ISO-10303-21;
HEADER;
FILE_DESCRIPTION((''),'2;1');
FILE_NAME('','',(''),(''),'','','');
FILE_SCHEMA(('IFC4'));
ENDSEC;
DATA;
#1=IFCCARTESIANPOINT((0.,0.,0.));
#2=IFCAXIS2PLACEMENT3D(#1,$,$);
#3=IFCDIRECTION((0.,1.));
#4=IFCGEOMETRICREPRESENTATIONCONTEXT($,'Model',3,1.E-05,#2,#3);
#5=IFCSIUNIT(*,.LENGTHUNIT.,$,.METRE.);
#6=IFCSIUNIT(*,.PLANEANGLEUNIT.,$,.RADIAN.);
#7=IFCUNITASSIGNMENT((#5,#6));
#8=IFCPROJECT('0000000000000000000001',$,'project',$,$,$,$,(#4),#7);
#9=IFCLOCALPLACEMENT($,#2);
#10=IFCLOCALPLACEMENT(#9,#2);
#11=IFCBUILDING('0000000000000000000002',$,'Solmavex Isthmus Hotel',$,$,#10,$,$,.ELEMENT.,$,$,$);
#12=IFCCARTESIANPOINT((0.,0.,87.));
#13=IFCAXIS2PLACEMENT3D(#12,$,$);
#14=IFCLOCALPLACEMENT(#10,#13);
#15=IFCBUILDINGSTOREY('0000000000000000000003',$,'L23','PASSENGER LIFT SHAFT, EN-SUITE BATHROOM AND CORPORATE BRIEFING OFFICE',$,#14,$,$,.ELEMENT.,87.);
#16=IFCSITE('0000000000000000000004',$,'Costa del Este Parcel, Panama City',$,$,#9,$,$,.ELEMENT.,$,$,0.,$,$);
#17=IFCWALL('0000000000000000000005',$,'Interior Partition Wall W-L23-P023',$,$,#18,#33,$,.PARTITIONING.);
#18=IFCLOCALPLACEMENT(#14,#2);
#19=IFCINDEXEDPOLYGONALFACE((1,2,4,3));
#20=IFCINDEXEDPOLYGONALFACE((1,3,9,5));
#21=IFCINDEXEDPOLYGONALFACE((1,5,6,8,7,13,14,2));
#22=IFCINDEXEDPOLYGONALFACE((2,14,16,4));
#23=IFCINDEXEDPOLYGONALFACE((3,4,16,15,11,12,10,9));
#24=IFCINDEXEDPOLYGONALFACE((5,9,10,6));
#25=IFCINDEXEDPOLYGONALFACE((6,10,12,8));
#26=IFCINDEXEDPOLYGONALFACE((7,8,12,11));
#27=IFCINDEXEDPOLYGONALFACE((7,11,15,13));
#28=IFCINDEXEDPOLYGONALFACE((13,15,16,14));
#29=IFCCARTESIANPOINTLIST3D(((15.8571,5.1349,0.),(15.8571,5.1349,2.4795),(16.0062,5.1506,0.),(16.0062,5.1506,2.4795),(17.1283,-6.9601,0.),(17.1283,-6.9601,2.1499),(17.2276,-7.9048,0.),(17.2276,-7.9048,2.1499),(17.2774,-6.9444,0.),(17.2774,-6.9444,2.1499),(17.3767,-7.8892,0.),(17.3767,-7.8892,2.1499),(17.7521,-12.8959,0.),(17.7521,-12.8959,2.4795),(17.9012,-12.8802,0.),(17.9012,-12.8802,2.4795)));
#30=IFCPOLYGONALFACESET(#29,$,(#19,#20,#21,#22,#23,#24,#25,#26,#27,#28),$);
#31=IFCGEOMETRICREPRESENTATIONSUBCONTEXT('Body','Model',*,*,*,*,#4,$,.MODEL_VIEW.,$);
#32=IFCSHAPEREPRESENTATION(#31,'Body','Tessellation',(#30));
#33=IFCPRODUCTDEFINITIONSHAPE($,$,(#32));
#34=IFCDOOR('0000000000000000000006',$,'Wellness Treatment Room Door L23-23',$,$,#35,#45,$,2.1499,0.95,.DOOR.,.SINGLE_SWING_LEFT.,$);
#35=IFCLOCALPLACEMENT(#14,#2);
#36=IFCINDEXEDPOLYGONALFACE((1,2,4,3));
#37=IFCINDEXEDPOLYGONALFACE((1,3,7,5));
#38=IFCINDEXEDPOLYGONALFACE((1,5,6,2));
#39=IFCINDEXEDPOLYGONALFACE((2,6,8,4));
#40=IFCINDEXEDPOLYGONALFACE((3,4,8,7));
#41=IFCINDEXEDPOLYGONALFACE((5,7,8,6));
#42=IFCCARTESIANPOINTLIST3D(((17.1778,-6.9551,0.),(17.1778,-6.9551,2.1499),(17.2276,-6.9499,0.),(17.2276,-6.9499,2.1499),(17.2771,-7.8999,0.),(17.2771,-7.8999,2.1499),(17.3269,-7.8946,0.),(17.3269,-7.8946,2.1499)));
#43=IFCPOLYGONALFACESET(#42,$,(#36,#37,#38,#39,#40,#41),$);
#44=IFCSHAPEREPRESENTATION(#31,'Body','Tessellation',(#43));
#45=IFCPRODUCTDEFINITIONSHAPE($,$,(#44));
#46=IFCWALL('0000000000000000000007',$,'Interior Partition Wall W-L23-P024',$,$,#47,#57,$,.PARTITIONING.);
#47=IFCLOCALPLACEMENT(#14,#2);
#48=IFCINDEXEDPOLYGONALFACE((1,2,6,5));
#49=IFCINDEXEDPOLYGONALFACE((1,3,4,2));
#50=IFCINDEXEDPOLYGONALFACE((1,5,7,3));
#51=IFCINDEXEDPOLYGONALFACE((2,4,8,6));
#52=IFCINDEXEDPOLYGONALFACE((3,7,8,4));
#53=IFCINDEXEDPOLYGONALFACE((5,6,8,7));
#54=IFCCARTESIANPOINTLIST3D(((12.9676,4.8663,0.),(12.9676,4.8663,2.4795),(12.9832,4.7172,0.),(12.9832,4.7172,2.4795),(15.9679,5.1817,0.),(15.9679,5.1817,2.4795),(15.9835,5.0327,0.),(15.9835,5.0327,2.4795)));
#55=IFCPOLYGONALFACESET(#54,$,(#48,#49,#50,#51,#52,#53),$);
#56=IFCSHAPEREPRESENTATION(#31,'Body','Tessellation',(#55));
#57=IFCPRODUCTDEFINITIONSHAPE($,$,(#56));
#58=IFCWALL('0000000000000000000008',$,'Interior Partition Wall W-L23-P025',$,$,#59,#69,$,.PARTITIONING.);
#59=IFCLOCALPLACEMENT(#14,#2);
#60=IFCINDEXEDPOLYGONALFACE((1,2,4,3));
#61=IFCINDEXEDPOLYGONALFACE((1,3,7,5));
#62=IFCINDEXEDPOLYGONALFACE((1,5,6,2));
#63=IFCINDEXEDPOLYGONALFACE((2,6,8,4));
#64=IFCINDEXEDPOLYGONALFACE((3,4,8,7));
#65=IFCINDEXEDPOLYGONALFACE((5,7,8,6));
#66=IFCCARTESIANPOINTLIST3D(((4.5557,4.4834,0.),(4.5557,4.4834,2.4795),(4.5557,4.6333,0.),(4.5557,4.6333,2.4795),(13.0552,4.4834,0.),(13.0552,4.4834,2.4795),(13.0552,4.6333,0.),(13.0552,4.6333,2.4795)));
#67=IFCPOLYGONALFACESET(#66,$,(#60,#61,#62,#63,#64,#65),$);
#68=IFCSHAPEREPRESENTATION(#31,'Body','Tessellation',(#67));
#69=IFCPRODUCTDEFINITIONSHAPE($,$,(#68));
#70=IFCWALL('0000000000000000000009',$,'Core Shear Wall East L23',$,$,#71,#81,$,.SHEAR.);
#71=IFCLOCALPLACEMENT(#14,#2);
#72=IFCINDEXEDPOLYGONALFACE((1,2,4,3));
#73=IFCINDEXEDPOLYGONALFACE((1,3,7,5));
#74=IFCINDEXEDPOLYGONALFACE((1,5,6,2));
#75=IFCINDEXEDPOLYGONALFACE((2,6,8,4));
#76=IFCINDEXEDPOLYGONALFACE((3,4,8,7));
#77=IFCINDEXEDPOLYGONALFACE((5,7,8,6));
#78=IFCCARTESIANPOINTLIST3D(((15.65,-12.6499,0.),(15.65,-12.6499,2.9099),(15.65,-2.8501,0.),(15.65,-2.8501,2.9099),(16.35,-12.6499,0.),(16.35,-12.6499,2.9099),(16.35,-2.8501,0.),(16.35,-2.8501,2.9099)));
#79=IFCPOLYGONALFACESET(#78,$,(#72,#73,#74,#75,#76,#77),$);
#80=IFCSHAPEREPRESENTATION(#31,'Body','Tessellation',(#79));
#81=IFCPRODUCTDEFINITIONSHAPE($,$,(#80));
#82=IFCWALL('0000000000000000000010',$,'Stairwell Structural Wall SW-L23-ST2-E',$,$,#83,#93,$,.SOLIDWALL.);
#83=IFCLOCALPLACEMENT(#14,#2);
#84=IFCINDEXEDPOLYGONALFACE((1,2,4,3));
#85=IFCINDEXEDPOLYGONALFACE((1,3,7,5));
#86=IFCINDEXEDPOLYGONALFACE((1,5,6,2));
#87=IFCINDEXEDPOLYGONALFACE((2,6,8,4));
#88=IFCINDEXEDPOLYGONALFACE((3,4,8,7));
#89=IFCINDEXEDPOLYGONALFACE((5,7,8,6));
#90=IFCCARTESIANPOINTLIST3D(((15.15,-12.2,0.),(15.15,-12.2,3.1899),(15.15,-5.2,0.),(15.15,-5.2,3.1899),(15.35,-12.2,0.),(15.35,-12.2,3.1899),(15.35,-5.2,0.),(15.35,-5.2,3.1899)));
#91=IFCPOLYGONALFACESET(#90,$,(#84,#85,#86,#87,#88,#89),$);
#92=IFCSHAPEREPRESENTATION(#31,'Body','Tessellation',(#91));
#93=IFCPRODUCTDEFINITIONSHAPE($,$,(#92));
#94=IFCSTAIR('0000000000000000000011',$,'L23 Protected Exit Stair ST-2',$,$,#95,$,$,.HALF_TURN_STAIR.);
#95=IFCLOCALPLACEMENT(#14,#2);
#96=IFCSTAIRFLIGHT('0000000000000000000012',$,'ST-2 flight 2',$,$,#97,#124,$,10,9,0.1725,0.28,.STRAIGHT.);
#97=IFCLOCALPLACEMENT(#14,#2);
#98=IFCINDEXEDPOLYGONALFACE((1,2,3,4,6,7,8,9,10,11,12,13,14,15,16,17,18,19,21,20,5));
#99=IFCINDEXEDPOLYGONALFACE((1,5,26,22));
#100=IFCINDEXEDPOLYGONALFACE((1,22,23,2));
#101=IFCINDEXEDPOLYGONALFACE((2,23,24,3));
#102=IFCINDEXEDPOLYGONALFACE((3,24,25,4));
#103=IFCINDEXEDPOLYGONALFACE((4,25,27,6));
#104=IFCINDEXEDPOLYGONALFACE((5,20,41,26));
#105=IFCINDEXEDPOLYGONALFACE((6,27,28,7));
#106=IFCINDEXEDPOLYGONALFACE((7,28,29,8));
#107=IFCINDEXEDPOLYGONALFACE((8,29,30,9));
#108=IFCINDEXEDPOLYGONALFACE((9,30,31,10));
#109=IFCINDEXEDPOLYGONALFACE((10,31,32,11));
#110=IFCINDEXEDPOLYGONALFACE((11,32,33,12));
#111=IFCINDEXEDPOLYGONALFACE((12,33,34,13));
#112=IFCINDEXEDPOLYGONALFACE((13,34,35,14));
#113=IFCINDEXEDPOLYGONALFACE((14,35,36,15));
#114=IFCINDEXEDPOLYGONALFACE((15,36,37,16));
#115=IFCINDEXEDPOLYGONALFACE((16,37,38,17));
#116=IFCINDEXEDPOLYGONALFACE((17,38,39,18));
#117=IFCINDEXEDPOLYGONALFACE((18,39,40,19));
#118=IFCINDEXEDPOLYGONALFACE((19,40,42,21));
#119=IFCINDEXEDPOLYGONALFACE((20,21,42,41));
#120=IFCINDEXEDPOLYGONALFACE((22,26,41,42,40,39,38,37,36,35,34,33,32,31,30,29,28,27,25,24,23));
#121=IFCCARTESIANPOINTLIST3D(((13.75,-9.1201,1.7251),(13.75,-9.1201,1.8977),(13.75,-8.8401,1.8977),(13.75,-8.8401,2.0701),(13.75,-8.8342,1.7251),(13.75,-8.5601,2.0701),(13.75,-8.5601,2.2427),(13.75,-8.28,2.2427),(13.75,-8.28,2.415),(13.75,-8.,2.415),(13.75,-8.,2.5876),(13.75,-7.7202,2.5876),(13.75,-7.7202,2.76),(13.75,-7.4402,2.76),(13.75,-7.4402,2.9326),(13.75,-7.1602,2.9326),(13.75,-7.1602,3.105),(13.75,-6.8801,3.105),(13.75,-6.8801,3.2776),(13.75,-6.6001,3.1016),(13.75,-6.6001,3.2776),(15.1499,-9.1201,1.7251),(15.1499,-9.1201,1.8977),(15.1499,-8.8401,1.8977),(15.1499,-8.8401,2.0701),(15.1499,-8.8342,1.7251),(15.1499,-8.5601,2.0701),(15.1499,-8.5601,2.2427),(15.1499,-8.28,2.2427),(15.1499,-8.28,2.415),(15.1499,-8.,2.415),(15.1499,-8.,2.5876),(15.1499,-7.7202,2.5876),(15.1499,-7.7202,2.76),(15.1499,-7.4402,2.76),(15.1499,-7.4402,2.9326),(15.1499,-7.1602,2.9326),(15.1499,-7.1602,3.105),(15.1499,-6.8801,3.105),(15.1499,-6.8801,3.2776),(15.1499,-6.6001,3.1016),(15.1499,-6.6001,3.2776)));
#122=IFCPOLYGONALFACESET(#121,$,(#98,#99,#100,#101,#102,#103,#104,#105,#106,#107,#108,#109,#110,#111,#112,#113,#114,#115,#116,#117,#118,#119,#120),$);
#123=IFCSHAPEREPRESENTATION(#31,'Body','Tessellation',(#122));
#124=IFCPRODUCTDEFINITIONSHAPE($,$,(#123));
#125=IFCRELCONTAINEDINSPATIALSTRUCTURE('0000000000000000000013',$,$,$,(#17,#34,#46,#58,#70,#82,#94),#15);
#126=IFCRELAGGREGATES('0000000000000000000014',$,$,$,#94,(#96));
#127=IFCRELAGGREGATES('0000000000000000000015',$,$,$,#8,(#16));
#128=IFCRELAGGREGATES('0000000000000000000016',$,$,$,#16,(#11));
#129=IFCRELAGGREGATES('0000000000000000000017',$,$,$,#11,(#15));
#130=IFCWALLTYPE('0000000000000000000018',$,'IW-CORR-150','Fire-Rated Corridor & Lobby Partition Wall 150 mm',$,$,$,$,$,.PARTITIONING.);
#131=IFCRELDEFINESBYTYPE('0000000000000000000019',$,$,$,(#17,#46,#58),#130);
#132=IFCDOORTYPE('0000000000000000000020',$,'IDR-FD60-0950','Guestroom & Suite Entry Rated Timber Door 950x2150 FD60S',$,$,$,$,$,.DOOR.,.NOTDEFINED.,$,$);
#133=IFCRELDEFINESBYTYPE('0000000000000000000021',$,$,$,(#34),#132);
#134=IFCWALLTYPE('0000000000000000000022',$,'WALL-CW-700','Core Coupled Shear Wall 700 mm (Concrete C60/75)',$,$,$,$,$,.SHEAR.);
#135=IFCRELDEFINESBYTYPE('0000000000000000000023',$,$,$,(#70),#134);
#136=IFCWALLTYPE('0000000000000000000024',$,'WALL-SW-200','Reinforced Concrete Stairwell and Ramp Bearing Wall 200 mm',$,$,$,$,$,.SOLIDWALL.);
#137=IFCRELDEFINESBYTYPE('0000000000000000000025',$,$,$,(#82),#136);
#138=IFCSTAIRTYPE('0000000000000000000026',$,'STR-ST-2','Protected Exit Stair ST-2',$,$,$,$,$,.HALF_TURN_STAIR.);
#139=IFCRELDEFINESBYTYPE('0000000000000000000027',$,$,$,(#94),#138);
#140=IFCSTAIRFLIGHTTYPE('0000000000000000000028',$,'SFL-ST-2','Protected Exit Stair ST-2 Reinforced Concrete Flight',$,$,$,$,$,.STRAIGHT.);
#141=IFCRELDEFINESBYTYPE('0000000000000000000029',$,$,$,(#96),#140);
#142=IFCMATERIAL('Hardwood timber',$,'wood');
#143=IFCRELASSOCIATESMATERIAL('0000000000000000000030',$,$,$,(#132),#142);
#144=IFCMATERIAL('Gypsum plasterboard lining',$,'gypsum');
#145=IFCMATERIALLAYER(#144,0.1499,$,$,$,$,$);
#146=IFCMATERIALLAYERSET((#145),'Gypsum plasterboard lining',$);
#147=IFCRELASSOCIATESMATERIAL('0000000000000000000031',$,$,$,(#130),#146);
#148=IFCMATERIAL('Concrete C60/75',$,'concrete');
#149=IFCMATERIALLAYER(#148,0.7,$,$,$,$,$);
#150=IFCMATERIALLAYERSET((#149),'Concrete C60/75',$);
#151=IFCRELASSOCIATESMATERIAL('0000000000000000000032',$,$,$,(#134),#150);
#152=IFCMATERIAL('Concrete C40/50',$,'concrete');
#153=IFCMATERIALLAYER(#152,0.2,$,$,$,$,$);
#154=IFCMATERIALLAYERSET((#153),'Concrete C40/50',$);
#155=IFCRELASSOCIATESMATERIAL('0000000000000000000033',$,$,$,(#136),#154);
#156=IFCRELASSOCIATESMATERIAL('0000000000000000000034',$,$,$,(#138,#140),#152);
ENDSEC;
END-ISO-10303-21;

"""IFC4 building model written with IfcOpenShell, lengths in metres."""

from ifc_helpers import new_model, si_unit, direction, frame, frame_2d, origin, place, context, subcontext, project, spatial, polyline, rectangle, outline, extrude, material, layer, layer_set, type_object, element, fill, aggregate, save


model = new_model("IFC4")

# Units and contexts
model_context = context("Model", 3, precision=1e-05, world=origin(), true_north=direction((0.0, 1.0)))
body_context = subcontext(model_context, "Body", "Model", "MODEL_VIEW")
ifc_project = project(units=[si_unit("LENGTHUNIT", "METRE"), si_unit("PLANEANGLEUNIT", "RADIAN")], contexts=[model_context])

# Site, building, storey
site_placement = place(None, origin())
site = spatial("IfcSite", under=ifc_project, at=site_placement, Name="Costa del Este Parcel, Panama City", CompositionType="ELEMENT", RefElevation=0.0)
building_placement = place(site_placement, origin())
building = spatial("IfcBuilding", under=site, at=building_placement, Name="Solmavex Isthmus Hotel", CompositionType="ELEMENT")
storey_placement = place(building_placement, frame((0.0, 0.0, 87.0)))
storey = spatial("IfcBuildingStorey", under=building, at=storey_placement, Name="L23", Description="PASSENGER LIFT SHAFT, EN-SUITE BATHROOM AND CORPORATE BRIEFING OFFICE", CompositionType="ELEMENT", Elevation=87.0)

# Shared definitions
ifc_material_1 = material(Name="Concrete C60/75", Category="concrete")

# Shared definitions
ifc_material_2 = material(Name="Gypsum plasterboard lining", Category="gypsum")
ifc_material_3 = material(Name="Hardwood timber", Category="wood")
door_type = type_object("IfcDoorType", Name="IDR-FD60-0950", Description="Guestroom & Suite Entry Rated Timber Door 950x2150 FD60S", OperationType="NOTDEFINED", PredefinedType="DOOR", material=ifc_material_3)

# Shared definitions
ifc_layer_1 = layer(ifc_material_2, 0.1499)
ifc_layer_set_1 = layer_set([ifc_layer_1], Name="Gypsum plasterboard lining")
wall_type_1 = type_object("IfcWallType", Name="IW-CORR-150", Description="Fire-Rated Corridor & Lobby Partition Wall 150 mm", PredefinedType="PARTITIONING", material=ifc_layer_set_1)

# Wall, opening, door
wall_1_placement = place(storey_placement, frame((17.8267, -12.8879, 0.0), z_axis=(0.0, 0.0, 1.0), x_axis=(-0.104524, 0.994522, 0.0)))
wall_1 = element("IfcWall", 1, at=wall_1_placement, inside=storey, type_object=wall_type_1, Name="Interior Partition Wall W-L23-P023", PredefinedType="PARTITIONING", context=body_context, shape_type="SweptSolid", body=[
    extrude(rectangle(XDim=18.1301, YDim=0.1499, at=frame_2d((9.0649, 0.0))), origin(), (0.0, 0.0, 1.0), 2.4795),
])
opening_1_placement = place(wall_1_placement, frame((5.0183, 0.0, 0.0)))
opening_1 = element("IfcOpeningElement", 2, at=opening_1_placement, cuts=wall_1, PredefinedType="OPENING", context=body_context, shape_type="SweptSolid", body=[
    extrude(rectangle(XDim=0.95, YDim=2.1499, at=frame_2d((0.4751, 1.075))), frame((0.0, 0.085, 0.0), z_axis=(0.0, -1.0, 0.0), x_axis=(1.0, 0.0, 0.0)), (0.0, 0.0, 1.0), 0.1699),
])
door_1_placement = place(opening_1_placement, frame((0.95, 0.0, 0.0), z_axis=(0.0, 0.0, 1.0), x_axis=(-1.0, 0.0, 0.0)))
door_1 = element("IfcDoor", 3, at=door_1_placement, inside=storey, type_object=door_type, Name="Wellness Treatment Room Door L23-23", OperationType="SINGLE_SWING_LEFT", OverallHeight=2.1499, OverallWidth=0.95, PredefinedType="DOOR", context=body_context, shape_type="SweptSolid", body=[
    extrude(rectangle(XDim=0.95, YDim=2.1499, at=frame_2d((0.4751, 1.075))), frame((0.0, 0.0249, 0.0), z_axis=(0.0, -1.0, 0.0), x_axis=(1.0, 0.0, 0.0)), (0.0, 0.0, 1.0), 0.05),
])
fill(opening_1, door_1)

# Walls
wall_2_placement = place(storey_placement, frame((15.9756, 5.1072, 0.0), z_axis=(0.0, 0.0, 1.0), x_axis=(-0.994519, -0.104558, 0.0)))
element("IfcWall", 4, at=wall_2_placement, inside=storey, type_object=wall_type_1, Name="Interior Partition Wall W-L23-P024", PredefinedType="PARTITIONING", context=body_context, shape_type="SweptSolid", body=[
    extrude(rectangle(XDim=3.0168, YDim=0.1499, at=frame_2d((1.5083, 0.0))), origin(), (0.0, 0.0, 1.0), 2.4795),
])
wall_3_placement = place(storey_placement, frame((13.0552, 4.5583, 0.0), z_axis=(0.0, 0.0, 1.0), x_axis=(-1.0, 0.0, 0.0)))
element("IfcWall", 5, at=wall_3_placement, inside=storey, type_object=wall_type_1, Name="Interior Partition Wall W-L23-P025", PredefinedType="PARTITIONING", context=body_context, shape_type="SweptSolid", body=[
    extrude(rectangle(XDim=8.4995, YDim=0.1499, at=frame_2d((4.2498, 0.0))), origin(), (0.0, 0.0, 1.0), 2.4795),
])

# Walls
ifc_layer_2 = layer(ifc_material_1, 0.7)
ifc_layer_set_2 = layer_set([ifc_layer_2], Name="Concrete C60/75")
wall_type_2 = type_object("IfcWallType", Name="WALL-CW-700", Description="Core Coupled Shear Wall 700 mm (Concrete C60/75)", PredefinedType="SHEAR", material=ifc_layer_set_2)
wall_4_placement = place(storey_placement, frame((16.0, -12.6499, 0.0), z_axis=(0.0, 0.0, 1.0), x_axis=(0.0, 1.0, 0.0)))
element("IfcWall", 6, at=wall_4_placement, inside=storey, type_object=wall_type_2, Name="Core Shear Wall East L23", PredefinedType="SHEAR", context=body_context, shape_type="SweptSolid", body=[
    extrude(rectangle(XDim=9.7998, YDim=0.7, at=frame_2d((4.8999, 0.0))), origin(), (0.0, 0.0, 1.0), 2.9099),
])
ifc_material_4 = material(Name="Concrete C40/50", Category="concrete")
ifc_layer_3 = layer(ifc_material_4, 0.2)
ifc_layer_set_3 = layer_set([ifc_layer_3], Name="Concrete C40/50")
wall_type_3 = type_object("IfcWallType", Name="WALL-SW-200", Description="Reinforced Concrete Stairwell and Ramp Bearing Wall 200 mm", PredefinedType="SOLIDWALL", material=ifc_layer_set_3)
wall_5_placement = place(storey_placement, frame((15.25, -12.2, 0.0), z_axis=(0.0, 0.0, 1.0), x_axis=(0.0, 1.0, 0.0)))
element("IfcWall", 7, at=wall_5_placement, inside=storey, type_object=wall_type_3, Name="Stairwell Structural Wall SW-L23-ST2-E", PredefinedType="SOLIDWALL", context=body_context, shape_type="SweptSolid", body=[
    extrude(rectangle(XDim=7.0, YDim=0.2, at=frame_2d((3.5, 0.0))), origin(), (0.0, 0.0, 1.0), 3.1899),
])

# Stair, stair flight
stair_type = type_object("IfcStairType", Name="STR-ST-2", Description="Protected Exit Stair ST-2", PredefinedType="HALF_TURN_STAIR", material=ifc_material_4)
stair_placement = place(storey_placement, origin())
stair = element("IfcStair", 8, at=stair_placement, inside=storey, type_object=stair_type, Name="L23 Protected Exit Stair ST-2", PredefinedType="HALF_TURN_STAIR")
stair_flight_type = type_object("IfcStairFlightType", Name="SFL-ST-2", Description="Protected Exit Stair ST-2 Reinforced Concrete Flight", PredefinedType="STRAIGHT", material=ifc_material_4)
stair_flight_placement = place(storey_placement, frame((14.45, -9.1201, 1.7251), z_axis=(0.0, 0.0, 1.0), x_axis=(0.0, 1.0, 0.0)))
stair_flight = element("IfcStairFlight", 9, at=stair_flight_placement, type_object=stair_flight_type, Name="ST-2 flight 2", NumberOfRisers=10, NumberOfTreads=9, PredefinedType="STRAIGHT", RiserHeight=0.1725, TreadLength=0.28, context=body_context, shape_type="SweptSolid", body=[
    extrude(outline(polyline([(0.0, 0.0), (0.0, 0.1726), (0.28, 0.1726), (0.28, 0.345), (0.5601, 0.345), (0.5601, 0.5176), (0.8401, 0.5176), (0.8401, 0.6899), (1.1201, 0.6899), (1.1201, 0.8625), (1.3999, 0.8625), (1.3999, 1.0349), (1.6799, 1.0349), (1.6799, 1.2075), (1.96, 1.2075), (1.96, 1.3799), (2.24, 1.3799), (2.24, 1.5525), (2.52, 1.5525), (2.52, 1.7251), (2.52, 1.3765), (0.2859, 0.0), (0.0, 0.0)])), frame((0.0, 0.7, 0.0), z_axis=(0.0, -1.0, 0.0), x_axis=(1.0, 0.0, 0.0)), (0.0, 0.0, 1.0), 1.3999),
])
aggregate(stair, [stair_flight])

save(model, "model.ifc")
